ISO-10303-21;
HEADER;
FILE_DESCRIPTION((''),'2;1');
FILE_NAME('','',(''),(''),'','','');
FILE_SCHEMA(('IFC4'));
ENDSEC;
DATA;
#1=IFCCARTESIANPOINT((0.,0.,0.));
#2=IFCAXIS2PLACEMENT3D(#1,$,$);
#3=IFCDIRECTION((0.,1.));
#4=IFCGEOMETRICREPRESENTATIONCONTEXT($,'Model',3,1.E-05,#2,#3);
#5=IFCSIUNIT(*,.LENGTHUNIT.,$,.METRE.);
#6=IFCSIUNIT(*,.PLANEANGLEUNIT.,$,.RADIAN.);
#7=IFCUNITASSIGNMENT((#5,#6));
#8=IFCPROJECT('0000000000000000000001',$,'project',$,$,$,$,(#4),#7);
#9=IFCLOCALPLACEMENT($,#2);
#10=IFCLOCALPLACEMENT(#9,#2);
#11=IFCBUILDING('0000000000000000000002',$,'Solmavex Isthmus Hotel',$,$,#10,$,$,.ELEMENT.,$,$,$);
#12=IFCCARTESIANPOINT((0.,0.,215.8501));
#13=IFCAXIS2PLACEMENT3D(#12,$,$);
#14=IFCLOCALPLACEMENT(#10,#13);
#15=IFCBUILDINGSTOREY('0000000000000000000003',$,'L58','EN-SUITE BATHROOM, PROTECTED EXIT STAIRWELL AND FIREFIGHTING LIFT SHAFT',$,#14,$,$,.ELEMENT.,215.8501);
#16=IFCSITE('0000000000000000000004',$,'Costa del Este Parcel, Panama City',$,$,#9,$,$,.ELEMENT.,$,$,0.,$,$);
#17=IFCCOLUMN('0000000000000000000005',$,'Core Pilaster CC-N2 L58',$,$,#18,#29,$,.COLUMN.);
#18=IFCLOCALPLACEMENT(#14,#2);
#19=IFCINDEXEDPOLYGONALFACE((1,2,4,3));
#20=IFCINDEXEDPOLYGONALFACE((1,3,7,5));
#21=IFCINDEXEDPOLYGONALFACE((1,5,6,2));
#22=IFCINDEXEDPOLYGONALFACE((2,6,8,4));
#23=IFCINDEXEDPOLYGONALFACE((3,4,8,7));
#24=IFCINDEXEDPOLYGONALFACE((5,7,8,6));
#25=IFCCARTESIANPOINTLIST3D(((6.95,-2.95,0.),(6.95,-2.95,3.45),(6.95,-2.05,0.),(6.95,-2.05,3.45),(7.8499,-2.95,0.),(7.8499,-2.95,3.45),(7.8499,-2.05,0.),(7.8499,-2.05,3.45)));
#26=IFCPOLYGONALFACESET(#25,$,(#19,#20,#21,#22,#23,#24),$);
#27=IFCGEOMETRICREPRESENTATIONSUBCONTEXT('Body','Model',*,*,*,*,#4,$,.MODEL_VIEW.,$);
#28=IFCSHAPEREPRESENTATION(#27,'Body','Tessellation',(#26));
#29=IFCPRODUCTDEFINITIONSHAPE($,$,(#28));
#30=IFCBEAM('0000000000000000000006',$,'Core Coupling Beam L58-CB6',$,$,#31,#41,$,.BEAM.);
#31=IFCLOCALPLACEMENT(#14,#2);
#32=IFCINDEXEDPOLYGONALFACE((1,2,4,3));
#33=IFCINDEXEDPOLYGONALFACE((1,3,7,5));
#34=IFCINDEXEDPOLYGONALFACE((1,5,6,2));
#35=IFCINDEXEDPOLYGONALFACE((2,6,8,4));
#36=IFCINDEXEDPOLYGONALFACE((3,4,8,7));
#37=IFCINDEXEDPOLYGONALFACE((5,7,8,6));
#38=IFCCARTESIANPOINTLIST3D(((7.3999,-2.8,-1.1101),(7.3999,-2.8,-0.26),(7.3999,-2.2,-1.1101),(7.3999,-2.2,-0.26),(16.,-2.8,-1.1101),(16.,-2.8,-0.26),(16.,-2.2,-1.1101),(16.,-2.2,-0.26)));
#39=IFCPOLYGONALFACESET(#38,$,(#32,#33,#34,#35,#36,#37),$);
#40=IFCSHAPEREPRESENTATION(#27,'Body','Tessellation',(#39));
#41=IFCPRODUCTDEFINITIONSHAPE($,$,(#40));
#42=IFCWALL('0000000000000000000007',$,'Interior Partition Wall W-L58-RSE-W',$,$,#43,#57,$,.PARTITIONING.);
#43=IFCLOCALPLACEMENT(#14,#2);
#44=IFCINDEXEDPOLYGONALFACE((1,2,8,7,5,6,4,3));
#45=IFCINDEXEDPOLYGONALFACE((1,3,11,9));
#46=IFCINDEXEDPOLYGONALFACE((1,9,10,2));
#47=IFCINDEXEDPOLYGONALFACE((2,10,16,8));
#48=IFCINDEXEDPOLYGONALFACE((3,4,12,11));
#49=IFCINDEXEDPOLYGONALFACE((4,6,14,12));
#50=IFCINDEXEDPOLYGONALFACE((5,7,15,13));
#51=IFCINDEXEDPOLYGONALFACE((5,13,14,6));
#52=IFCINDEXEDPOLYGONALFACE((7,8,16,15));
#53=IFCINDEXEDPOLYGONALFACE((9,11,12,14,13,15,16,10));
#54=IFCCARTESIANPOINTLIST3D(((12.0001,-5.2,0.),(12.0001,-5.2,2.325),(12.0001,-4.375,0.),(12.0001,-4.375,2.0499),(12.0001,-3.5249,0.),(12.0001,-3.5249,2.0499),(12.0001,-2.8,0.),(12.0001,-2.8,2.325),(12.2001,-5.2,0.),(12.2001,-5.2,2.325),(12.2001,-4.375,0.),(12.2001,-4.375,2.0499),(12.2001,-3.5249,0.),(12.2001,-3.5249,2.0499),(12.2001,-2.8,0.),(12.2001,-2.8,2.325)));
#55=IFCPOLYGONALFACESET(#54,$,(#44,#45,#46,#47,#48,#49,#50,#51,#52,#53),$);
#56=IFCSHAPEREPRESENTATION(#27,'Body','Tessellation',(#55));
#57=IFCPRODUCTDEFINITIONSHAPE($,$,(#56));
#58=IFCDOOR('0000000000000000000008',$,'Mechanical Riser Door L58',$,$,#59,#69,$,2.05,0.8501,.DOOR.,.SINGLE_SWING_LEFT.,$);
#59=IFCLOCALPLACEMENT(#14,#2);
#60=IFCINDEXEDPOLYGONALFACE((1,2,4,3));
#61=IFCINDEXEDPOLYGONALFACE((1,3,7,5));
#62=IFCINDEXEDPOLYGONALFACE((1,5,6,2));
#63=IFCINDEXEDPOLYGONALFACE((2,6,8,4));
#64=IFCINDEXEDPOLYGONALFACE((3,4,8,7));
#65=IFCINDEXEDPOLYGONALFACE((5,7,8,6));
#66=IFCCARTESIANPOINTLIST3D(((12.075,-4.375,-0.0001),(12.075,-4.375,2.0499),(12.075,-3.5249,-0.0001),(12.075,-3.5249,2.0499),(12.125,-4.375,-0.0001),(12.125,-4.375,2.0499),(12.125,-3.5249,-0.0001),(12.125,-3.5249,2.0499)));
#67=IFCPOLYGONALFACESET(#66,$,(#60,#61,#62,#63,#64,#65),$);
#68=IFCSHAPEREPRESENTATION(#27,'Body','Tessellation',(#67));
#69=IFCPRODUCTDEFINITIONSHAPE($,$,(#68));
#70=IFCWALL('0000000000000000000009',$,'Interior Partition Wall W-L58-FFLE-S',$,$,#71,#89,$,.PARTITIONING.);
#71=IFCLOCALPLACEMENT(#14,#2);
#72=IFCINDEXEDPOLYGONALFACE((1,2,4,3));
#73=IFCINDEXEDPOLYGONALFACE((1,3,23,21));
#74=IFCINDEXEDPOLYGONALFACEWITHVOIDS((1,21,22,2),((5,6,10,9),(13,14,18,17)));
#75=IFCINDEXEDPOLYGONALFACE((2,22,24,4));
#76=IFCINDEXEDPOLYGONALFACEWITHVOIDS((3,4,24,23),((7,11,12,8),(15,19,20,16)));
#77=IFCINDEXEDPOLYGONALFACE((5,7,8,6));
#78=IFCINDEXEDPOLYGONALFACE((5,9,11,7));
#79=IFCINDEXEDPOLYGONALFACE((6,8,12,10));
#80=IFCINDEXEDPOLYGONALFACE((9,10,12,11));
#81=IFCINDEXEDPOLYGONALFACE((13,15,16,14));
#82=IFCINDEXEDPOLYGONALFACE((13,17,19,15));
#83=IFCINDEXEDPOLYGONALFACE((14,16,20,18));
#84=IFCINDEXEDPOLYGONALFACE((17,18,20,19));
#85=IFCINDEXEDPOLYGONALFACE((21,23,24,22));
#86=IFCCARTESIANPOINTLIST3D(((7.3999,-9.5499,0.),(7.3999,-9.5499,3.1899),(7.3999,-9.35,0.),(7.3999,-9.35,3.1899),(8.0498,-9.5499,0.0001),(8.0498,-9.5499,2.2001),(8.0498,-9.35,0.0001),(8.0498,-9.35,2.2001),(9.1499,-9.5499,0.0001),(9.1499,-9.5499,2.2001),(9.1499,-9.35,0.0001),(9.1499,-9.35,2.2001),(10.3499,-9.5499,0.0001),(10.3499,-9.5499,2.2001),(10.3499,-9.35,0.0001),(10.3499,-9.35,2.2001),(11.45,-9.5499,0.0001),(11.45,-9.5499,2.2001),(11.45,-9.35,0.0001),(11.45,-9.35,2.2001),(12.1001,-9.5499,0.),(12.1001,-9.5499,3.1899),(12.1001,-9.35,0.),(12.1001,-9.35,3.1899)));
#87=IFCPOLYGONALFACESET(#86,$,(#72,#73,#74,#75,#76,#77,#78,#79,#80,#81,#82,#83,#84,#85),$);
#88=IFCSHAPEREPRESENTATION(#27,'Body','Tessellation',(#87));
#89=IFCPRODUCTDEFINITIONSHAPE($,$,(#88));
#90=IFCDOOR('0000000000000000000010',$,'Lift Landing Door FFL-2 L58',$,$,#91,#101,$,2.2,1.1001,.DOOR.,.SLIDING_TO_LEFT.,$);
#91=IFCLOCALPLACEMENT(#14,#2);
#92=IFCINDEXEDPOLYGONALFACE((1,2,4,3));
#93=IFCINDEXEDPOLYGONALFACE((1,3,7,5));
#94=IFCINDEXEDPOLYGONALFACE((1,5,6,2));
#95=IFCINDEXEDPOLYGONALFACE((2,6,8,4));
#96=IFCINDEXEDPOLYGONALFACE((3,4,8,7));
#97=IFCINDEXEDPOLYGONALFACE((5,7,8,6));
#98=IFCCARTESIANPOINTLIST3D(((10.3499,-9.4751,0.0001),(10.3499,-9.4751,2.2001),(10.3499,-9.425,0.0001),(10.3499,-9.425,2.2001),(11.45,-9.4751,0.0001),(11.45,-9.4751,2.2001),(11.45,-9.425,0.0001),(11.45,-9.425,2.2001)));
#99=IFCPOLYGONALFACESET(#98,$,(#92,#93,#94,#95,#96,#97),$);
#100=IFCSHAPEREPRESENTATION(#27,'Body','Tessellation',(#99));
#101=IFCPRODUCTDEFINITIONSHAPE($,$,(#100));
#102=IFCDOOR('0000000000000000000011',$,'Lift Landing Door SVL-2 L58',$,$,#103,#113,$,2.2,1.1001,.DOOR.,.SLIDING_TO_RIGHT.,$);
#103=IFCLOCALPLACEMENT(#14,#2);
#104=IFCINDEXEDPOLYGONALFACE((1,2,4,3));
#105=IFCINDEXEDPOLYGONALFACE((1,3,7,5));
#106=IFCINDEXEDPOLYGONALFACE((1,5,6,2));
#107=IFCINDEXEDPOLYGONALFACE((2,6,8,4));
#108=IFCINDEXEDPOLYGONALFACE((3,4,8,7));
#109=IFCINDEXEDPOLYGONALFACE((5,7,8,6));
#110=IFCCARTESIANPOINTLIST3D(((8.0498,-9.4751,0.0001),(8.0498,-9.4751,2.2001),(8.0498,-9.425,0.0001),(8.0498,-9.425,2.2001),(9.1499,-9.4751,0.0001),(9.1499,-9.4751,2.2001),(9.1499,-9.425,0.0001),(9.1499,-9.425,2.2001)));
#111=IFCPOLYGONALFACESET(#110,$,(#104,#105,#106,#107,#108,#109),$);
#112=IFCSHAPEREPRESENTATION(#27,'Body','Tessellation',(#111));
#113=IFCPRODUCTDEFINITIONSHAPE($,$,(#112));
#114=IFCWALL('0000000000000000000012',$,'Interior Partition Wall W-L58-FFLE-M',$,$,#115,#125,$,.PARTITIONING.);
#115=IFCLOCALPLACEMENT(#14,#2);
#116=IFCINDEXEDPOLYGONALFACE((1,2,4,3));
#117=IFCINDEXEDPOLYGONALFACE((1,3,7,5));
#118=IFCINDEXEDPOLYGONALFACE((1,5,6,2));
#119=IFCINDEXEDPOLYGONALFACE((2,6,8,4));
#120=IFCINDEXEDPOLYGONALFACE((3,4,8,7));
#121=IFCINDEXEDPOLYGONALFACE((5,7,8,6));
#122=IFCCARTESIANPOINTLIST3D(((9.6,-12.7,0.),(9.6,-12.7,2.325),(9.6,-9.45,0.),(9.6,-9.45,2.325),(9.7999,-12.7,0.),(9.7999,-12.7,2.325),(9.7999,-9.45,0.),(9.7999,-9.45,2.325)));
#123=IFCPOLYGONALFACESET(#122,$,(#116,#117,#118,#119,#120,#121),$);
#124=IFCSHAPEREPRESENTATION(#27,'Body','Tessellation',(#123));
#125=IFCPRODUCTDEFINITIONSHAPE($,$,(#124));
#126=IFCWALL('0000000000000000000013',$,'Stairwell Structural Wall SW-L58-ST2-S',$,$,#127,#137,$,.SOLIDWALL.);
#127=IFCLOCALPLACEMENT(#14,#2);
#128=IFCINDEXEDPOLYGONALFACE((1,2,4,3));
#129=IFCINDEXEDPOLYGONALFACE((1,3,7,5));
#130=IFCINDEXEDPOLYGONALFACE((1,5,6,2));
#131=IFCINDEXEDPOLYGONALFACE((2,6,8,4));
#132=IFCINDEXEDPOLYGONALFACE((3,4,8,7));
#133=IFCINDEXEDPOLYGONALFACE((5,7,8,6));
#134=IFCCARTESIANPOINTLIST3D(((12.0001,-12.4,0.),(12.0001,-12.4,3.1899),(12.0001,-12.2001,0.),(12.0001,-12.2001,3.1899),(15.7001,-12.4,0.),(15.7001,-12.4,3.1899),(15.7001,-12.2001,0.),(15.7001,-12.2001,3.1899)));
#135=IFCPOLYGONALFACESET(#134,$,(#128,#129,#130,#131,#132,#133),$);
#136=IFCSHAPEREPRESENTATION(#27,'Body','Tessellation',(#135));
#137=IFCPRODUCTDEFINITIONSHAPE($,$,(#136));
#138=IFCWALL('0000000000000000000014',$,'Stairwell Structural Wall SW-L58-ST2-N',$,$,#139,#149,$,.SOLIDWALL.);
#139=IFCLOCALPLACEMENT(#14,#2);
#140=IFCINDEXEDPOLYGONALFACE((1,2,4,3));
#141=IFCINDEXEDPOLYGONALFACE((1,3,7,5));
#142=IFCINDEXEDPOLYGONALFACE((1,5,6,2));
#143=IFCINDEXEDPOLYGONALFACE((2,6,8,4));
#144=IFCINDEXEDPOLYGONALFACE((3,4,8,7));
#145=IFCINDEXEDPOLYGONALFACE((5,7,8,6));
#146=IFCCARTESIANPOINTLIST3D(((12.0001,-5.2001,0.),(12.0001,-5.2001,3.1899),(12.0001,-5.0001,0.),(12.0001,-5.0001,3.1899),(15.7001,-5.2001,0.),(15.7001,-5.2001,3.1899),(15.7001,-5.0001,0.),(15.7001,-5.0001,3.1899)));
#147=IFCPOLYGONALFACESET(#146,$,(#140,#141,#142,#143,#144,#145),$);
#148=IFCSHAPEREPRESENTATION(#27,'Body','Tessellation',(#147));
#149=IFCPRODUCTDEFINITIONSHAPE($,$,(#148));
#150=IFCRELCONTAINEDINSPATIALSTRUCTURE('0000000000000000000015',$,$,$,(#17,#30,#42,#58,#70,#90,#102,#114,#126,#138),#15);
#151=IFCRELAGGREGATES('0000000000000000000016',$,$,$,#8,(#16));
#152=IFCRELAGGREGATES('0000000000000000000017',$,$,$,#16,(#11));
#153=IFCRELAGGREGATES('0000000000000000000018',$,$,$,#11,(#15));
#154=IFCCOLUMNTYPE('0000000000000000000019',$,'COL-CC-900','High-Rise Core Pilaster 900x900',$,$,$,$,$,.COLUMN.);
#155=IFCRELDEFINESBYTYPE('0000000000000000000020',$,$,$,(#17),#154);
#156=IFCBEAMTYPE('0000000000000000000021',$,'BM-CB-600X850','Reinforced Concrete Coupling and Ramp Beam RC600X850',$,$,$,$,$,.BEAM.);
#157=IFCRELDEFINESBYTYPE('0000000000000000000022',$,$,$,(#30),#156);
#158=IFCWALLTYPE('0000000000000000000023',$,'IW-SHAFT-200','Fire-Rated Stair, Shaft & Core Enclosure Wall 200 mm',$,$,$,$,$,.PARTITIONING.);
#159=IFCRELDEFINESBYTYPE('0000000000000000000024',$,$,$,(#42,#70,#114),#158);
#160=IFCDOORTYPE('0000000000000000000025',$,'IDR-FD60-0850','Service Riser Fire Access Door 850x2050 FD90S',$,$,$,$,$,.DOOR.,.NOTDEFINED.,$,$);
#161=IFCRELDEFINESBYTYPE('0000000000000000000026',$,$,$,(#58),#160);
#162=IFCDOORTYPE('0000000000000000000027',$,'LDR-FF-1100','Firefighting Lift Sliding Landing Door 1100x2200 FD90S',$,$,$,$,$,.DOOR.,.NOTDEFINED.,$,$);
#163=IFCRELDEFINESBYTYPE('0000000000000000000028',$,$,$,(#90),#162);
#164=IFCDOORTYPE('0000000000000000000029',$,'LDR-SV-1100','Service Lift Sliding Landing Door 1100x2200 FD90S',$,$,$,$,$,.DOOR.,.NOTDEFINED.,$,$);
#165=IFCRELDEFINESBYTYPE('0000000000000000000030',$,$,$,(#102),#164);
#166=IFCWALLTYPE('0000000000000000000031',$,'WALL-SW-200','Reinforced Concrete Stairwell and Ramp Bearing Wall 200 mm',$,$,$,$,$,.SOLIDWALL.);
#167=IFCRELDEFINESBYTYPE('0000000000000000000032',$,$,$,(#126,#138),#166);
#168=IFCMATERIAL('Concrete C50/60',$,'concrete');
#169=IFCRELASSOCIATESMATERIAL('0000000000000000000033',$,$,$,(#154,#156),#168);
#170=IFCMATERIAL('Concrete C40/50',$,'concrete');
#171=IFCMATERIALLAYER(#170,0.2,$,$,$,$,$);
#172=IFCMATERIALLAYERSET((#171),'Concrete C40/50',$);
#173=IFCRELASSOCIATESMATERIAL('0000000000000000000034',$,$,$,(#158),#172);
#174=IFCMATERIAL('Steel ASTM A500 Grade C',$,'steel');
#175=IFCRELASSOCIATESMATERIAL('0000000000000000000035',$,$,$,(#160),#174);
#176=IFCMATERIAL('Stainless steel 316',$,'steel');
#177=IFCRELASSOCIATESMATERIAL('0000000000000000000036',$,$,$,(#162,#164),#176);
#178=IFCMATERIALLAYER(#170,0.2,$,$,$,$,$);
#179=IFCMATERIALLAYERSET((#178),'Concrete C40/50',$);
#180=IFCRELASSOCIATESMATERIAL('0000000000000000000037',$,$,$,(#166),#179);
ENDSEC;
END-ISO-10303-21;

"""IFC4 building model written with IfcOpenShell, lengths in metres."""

from ifc_helpers import new_model, si_unit, direction, frame, frame_2d, origin, origin_2d, place, context, subcontext, project, spatial, rectangle, extrude, material, layer, layer_set, material_profile, profile_set, type_object, element, fill, save


model = new_model("IFC4")

# Units and contexts
model_context = context("Model", 3, precision=1e-05, world=origin(), true_north=direction((0.0, 1.0)))
body_context = subcontext(model_context, "Body", "Model", "MODEL_VIEW")
ifc_project = project(units=[si_unit("LENGTHUNIT", "METRE"), si_unit("PLANEANGLEUNIT", "RADIAN")], contexts=[model_context])

# Site, building, storey
site_placement = place(None, origin())
site = spatial("IfcSite", under=ifc_project, at=site_placement, Name="Costa del Este Parcel, Panama City", CompositionType="ELEMENT", RefElevation=0.0)
building_placement = place(site_placement, origin())
building = spatial("IfcBuilding", under=site, at=building_placement, Name="Solmavex Isthmus Hotel", CompositionType="ELEMENT")
storey_placement = place(building_placement, frame((0.0, 0.0, 215.8501)))
storey = spatial("IfcBuildingStorey", under=building, at=storey_placement, Name="L58", Description="EN-SUITE BATHROOM, PROTECTED EXIT STAIRWELL AND FIREFIGHTING LIFT SHAFT", CompositionType="ELEMENT", Elevation=215.8501)

# Column
ifc_material_1 = material(Name="Concrete C50/60", Category="concrete")
ifc_material_profile_1 = material_profile(ifc_material_1, rectangle(XDim=0.8999, YDim=0.8999, at=origin_2d()), Name="RC900X900")
ifc_profile_set_1 = profile_set([ifc_material_profile_1], Name="Concrete C50/60")
column_type = type_object("IfcColumnType", Name="COL-CC-900", Description="High-Rise Core Pilaster 900x900", PredefinedType="COLUMN", material=ifc_profile_set_1)
column_placement = place(storey_placement, frame((7.3999, -2.5, 0.0), z_axis=(0.0, 0.0, 1.0), x_axis=(1.0, 0.0, 0.0)))
element("IfcColumn", 1, at=column_placement, inside=storey, type_object=column_type, Name="Core Pilaster CC-N2 L58", PredefinedType="COLUMN", context=body_context, shape_type="SweptSolid", body=[
    extrude(rectangle(XDim=0.8999, YDim=0.8999, at=origin_2d()), origin(), (0.0, 0.0, 1.0), 3.45),
])

# Beam
ifc_material_profile_2 = material_profile(ifc_material_1, rectangle(XDim=0.6001, YDim=0.8501, at=origin_2d()), Name="RC600X850")
ifc_profile_set_2 = profile_set([ifc_material_profile_2], Name="Concrete C50/60")
beam_type = type_object("IfcBeamType", Name="BM-CB-600X850", Description="Reinforced Concrete Coupling and Ramp Beam RC600X850", PredefinedType="BEAM", material=ifc_profile_set_2)
beam_placement = place(storey_placement, frame((7.3999, -2.5, -0.6851), z_axis=(1.0, 0.0, 0.0), x_axis=(0.0, 1.0, 0.0)))
element("IfcBeam", 2, at=beam_placement, inside=storey, type_object=beam_type, Name="Core Coupling Beam L58-CB6", PredefinedType="BEAM", context=body_context, shape_type="SweptSolid", body=[
    extrude(rectangle(XDim=0.6001, YDim=0.8501, at=origin_2d()), origin(), (0.0, 0.0, 1.0), 8.6001),
])

# Wall, opening, door
ifc_material_2 = material(Name="Concrete C40/50", Category="concrete")
ifc_layer_1 = layer(ifc_material_2, 0.2)
ifc_layer_set_1 = layer_set([ifc_layer_1], Name="Concrete C40/50")
wall_type_1 = type_object("IfcWallType", Name="IW-SHAFT-200", Description="Fire-Rated Stair, Shaft & Core Enclosure Wall 200 mm", PredefinedType="PARTITIONING", material=ifc_layer_set_1)
wall_1_placement = place(storey_placement, frame((12.1001, -5.2, 0.0), z_axis=(0.0, 0.0, 1.0), x_axis=(0.0, 1.0, 0.0)))
wall_1 = element("IfcWall", 3, at=wall_1_placement, inside=storey, type_object=wall_type_1, Name="Interior Partition Wall W-L58-RSE-W", PredefinedType="PARTITIONING", context=body_context, shape_type="SweptSolid", body=[
    extrude(rectangle(XDim=2.3999, YDim=0.2, at=frame_2d((1.2, 0.0))), origin(), (0.0, 0.0, 1.0), 2.325),
])
opening_1_placement = place(wall_1_placement, frame((0.825, 0.0, 0.0)))
opening_1 = element("IfcOpeningElement", 4, at=opening_1_placement, cuts=wall_1, PredefinedType="OPENING", context=body_context, shape_type="SweptSolid", body=[
    extrude(rectangle(XDim=0.8501, YDim=2.05, at=frame_2d((0.425, 1.0249))), frame((0.0, 0.1099, 0.0), z_axis=(0.0, -1.0, 0.0), x_axis=(1.0, 0.0, 0.0)), (0.0, 0.0, 1.0), 0.22),
])
ifc_material_3 = material(Name="Steel ASTM A500 Grade C", Category="steel")
door_type_1 = type_object("IfcDoorType", Name="IDR-FD60-0850", Description="Service Riser Fire Access Door 850x2050 FD90S", OperationType="NOTDEFINED", PredefinedType="DOOR", material=ifc_material_3)
door_1_placement = place(opening_1_placement, frame((0.8501, 0.0, 0.0), z_axis=(0.0, 0.0, 1.0), x_axis=(-1.0, 0.0, 0.0)))
door_1 = element("IfcDoor", 5, at=door_1_placement, inside=storey, type_object=door_type_1, Name="Mechanical Riser Door L58", OperationType="SINGLE_SWING_LEFT", OverallHeight=2.05, OverallWidth=0.8501, PredefinedType="DOOR", context=body_context, shape_type="SweptSolid", body=[
    extrude(rectangle(XDim=0.8501, YDim=2.05, at=frame_2d((0.425, 1.0249))), frame((0.0, 0.0249, 0.0), z_axis=(0.0, -1.0, 0.0), x_axis=(1.0, 0.0, 0.0)), (0.0, 0.0, 1.0), 0.05),
])
fill(opening_1, door_1)

# Wall, openings, doors
wall_2_placement = place(storey_placement, frame((7.3999, -9.45, 0.0), z_axis=(0.0, 0.0, 1.0), x_axis=(1.0, 0.0, 0.0)))
wall_2 = element("IfcWall", 6, at=wall_2_placement, inside=storey, type_object=wall_type_1, Name="Interior Partition Wall W-L58-FFLE-S", PredefinedType="PARTITIONING", context=body_context, shape_type="SweptSolid", body=[
    extrude(rectangle(XDim=4.7002, YDim=0.2, at=frame_2d((2.3501, 0.0))), origin(), (0.0, 0.0, 1.0), 3.1899),
])
opening_2_placement = place(wall_2_placement, frame((2.95, 0.0, 0.0)))
opening_2 = element("IfcOpeningElement", 7, at=opening_2_placement, cuts=wall_2, PredefinedType="OPENING", context=body_context, shape_type="SweptSolid", body=[
    extrude(rectangle(XDim=1.1001, YDim=2.2, at=frame_2d((0.55, 1.1001))), frame((0.0, 0.1099, 0.0), z_axis=(0.0, -1.0, 0.0), x_axis=(1.0, 0.0, 0.0)), (0.0, 0.0, 1.0), 0.22),
])
opening_3_placement = place(wall_2_placement, frame((0.6499, 0.0, 0.0)))
opening_3 = element("IfcOpeningElement", 8, at=opening_3_placement, cuts=wall_2, PredefinedType="OPENING", context=body_context, shape_type="SweptSolid", body=[
    extrude(rectangle(XDim=1.1001, YDim=2.2, at=frame_2d((0.55, 1.1001))), frame((0.0, 0.1099, 0.0), z_axis=(0.0, -1.0, 0.0), x_axis=(1.0, 0.0, 0.0)), (0.0, 0.0, 1.0), 0.22),
])
ifc_material_4 = material(Name="Stainless steel 316", Category="steel")
door_type_2 = type_object("IfcDoorType", Name="LDR-FF-1100", Description="Firefighting Lift Sliding Landing Door 1100x2200 FD90S", OperationType="NOTDEFINED", PredefinedType="DOOR", material=ifc_material_4)
door_2_placement = place(opening_2_placement, origin())
door_2 = element("IfcDoor", 9, at=door_2_placement, inside=storey, type_object=door_type_2, Name="Lift Landing Door FFL-2 L58", OperationType="SLIDING_TO_LEFT", OverallHeight=2.2, OverallWidth=1.1001, PredefinedType="DOOR", context=body_context, shape_type="SweptSolid", body=[
    extrude(rectangle(XDim=1.1001, YDim=2.2, at=frame_2d((0.55, 1.1001))), frame((0.0, 0.0249, 0.0), z_axis=(0.0, -1.0, 0.0), x_axis=(1.0, 0.0, 0.0)), (0.0, 0.0, 1.0), 0.05),
])
fill(opening_2, door_2)
door_type_3 = type_object("IfcDoorType", Name="LDR-SV-1100", Description="Service Lift Sliding Landing Door 1100x2200 FD90S", OperationType="NOTDEFINED", PredefinedType="DOOR", material=ifc_material_4)
door_3_placement = place(opening_3_placement, origin())
door_3 = element("IfcDoor", 10, at=door_3_placement, inside=storey, type_object=door_type_3, Name="Lift Landing Door SVL-2 L58", OperationType="SLIDING_TO_RIGHT", OverallHeight=2.2, OverallWidth=1.1001, PredefinedType="DOOR", context=body_context, shape_type="SweptSolid", body=[
    extrude(rectangle(XDim=1.1001, YDim=2.2, at=frame_2d((0.55, 1.1001))), frame((0.0, 0.0249, 0.0), z_axis=(0.0, -1.0, 0.0), x_axis=(1.0, 0.0, 0.0)), (0.0, 0.0, 1.0), 0.05),
])
fill(opening_3, door_3)

# Walls
wall_3_placement = place(storey_placement, frame((9.7, -12.7, 0.0), z_axis=(0.0, 0.0, 1.0), x_axis=(0.0, 1.0, 0.0)))
element("IfcWall", 11, at=wall_3_placement, inside=storey, type_object=wall_type_1, Name="Interior Partition Wall W-L58-FFLE-M", PredefinedType="PARTITIONING", context=body_context, shape_type="SweptSolid", body=[
    extrude(rectangle(XDim=3.25, YDim=0.2, at=frame_2d((1.625, 0.0))), origin(), (0.0, 0.0, 1.0), 2.325),
])
ifc_layer_2 = layer(ifc_material_2, 0.2)
ifc_layer_set_2 = layer_set([ifc_layer_2], Name="Concrete C40/50")
wall_type_2 = type_object("IfcWallType", Name="WALL-SW-200", Description="Reinforced Concrete Stairwell and Ramp Bearing Wall 200 mm", PredefinedType="SOLIDWALL", material=ifc_layer_set_2)
for number, where, z_axis, x_axis, name in (
    (12, (12.0, -12.3, 0.0), (0.0, 0.0, 1.0), (1.0, 0.0, 0.0), "Stairwell Structural Wall SW-L58-ST2-S"),
    (13, (12.0, -5.1001, 0.0), (0.0, 0.0, 1.0), (1.0, 0.0, 0.0), "Stairwell Structural Wall SW-L58-ST2-N"),
):
    element("IfcWall", number, at=place(storey_placement, frame(where, z_axis=z_axis, x_axis=x_axis)), inside=storey, type_object=wall_type_2, Name=name, PredefinedType="SOLIDWALL", context=body_context, shape_type="SweptSolid", body=[
        extrude(rectangle(XDim=3.7, YDim=0.2, at=frame_2d((1.8501, 0.0))), origin(), (0.0, 0.0, 1.0), 3.1899),
    ])

save(model, "model.ifc")
